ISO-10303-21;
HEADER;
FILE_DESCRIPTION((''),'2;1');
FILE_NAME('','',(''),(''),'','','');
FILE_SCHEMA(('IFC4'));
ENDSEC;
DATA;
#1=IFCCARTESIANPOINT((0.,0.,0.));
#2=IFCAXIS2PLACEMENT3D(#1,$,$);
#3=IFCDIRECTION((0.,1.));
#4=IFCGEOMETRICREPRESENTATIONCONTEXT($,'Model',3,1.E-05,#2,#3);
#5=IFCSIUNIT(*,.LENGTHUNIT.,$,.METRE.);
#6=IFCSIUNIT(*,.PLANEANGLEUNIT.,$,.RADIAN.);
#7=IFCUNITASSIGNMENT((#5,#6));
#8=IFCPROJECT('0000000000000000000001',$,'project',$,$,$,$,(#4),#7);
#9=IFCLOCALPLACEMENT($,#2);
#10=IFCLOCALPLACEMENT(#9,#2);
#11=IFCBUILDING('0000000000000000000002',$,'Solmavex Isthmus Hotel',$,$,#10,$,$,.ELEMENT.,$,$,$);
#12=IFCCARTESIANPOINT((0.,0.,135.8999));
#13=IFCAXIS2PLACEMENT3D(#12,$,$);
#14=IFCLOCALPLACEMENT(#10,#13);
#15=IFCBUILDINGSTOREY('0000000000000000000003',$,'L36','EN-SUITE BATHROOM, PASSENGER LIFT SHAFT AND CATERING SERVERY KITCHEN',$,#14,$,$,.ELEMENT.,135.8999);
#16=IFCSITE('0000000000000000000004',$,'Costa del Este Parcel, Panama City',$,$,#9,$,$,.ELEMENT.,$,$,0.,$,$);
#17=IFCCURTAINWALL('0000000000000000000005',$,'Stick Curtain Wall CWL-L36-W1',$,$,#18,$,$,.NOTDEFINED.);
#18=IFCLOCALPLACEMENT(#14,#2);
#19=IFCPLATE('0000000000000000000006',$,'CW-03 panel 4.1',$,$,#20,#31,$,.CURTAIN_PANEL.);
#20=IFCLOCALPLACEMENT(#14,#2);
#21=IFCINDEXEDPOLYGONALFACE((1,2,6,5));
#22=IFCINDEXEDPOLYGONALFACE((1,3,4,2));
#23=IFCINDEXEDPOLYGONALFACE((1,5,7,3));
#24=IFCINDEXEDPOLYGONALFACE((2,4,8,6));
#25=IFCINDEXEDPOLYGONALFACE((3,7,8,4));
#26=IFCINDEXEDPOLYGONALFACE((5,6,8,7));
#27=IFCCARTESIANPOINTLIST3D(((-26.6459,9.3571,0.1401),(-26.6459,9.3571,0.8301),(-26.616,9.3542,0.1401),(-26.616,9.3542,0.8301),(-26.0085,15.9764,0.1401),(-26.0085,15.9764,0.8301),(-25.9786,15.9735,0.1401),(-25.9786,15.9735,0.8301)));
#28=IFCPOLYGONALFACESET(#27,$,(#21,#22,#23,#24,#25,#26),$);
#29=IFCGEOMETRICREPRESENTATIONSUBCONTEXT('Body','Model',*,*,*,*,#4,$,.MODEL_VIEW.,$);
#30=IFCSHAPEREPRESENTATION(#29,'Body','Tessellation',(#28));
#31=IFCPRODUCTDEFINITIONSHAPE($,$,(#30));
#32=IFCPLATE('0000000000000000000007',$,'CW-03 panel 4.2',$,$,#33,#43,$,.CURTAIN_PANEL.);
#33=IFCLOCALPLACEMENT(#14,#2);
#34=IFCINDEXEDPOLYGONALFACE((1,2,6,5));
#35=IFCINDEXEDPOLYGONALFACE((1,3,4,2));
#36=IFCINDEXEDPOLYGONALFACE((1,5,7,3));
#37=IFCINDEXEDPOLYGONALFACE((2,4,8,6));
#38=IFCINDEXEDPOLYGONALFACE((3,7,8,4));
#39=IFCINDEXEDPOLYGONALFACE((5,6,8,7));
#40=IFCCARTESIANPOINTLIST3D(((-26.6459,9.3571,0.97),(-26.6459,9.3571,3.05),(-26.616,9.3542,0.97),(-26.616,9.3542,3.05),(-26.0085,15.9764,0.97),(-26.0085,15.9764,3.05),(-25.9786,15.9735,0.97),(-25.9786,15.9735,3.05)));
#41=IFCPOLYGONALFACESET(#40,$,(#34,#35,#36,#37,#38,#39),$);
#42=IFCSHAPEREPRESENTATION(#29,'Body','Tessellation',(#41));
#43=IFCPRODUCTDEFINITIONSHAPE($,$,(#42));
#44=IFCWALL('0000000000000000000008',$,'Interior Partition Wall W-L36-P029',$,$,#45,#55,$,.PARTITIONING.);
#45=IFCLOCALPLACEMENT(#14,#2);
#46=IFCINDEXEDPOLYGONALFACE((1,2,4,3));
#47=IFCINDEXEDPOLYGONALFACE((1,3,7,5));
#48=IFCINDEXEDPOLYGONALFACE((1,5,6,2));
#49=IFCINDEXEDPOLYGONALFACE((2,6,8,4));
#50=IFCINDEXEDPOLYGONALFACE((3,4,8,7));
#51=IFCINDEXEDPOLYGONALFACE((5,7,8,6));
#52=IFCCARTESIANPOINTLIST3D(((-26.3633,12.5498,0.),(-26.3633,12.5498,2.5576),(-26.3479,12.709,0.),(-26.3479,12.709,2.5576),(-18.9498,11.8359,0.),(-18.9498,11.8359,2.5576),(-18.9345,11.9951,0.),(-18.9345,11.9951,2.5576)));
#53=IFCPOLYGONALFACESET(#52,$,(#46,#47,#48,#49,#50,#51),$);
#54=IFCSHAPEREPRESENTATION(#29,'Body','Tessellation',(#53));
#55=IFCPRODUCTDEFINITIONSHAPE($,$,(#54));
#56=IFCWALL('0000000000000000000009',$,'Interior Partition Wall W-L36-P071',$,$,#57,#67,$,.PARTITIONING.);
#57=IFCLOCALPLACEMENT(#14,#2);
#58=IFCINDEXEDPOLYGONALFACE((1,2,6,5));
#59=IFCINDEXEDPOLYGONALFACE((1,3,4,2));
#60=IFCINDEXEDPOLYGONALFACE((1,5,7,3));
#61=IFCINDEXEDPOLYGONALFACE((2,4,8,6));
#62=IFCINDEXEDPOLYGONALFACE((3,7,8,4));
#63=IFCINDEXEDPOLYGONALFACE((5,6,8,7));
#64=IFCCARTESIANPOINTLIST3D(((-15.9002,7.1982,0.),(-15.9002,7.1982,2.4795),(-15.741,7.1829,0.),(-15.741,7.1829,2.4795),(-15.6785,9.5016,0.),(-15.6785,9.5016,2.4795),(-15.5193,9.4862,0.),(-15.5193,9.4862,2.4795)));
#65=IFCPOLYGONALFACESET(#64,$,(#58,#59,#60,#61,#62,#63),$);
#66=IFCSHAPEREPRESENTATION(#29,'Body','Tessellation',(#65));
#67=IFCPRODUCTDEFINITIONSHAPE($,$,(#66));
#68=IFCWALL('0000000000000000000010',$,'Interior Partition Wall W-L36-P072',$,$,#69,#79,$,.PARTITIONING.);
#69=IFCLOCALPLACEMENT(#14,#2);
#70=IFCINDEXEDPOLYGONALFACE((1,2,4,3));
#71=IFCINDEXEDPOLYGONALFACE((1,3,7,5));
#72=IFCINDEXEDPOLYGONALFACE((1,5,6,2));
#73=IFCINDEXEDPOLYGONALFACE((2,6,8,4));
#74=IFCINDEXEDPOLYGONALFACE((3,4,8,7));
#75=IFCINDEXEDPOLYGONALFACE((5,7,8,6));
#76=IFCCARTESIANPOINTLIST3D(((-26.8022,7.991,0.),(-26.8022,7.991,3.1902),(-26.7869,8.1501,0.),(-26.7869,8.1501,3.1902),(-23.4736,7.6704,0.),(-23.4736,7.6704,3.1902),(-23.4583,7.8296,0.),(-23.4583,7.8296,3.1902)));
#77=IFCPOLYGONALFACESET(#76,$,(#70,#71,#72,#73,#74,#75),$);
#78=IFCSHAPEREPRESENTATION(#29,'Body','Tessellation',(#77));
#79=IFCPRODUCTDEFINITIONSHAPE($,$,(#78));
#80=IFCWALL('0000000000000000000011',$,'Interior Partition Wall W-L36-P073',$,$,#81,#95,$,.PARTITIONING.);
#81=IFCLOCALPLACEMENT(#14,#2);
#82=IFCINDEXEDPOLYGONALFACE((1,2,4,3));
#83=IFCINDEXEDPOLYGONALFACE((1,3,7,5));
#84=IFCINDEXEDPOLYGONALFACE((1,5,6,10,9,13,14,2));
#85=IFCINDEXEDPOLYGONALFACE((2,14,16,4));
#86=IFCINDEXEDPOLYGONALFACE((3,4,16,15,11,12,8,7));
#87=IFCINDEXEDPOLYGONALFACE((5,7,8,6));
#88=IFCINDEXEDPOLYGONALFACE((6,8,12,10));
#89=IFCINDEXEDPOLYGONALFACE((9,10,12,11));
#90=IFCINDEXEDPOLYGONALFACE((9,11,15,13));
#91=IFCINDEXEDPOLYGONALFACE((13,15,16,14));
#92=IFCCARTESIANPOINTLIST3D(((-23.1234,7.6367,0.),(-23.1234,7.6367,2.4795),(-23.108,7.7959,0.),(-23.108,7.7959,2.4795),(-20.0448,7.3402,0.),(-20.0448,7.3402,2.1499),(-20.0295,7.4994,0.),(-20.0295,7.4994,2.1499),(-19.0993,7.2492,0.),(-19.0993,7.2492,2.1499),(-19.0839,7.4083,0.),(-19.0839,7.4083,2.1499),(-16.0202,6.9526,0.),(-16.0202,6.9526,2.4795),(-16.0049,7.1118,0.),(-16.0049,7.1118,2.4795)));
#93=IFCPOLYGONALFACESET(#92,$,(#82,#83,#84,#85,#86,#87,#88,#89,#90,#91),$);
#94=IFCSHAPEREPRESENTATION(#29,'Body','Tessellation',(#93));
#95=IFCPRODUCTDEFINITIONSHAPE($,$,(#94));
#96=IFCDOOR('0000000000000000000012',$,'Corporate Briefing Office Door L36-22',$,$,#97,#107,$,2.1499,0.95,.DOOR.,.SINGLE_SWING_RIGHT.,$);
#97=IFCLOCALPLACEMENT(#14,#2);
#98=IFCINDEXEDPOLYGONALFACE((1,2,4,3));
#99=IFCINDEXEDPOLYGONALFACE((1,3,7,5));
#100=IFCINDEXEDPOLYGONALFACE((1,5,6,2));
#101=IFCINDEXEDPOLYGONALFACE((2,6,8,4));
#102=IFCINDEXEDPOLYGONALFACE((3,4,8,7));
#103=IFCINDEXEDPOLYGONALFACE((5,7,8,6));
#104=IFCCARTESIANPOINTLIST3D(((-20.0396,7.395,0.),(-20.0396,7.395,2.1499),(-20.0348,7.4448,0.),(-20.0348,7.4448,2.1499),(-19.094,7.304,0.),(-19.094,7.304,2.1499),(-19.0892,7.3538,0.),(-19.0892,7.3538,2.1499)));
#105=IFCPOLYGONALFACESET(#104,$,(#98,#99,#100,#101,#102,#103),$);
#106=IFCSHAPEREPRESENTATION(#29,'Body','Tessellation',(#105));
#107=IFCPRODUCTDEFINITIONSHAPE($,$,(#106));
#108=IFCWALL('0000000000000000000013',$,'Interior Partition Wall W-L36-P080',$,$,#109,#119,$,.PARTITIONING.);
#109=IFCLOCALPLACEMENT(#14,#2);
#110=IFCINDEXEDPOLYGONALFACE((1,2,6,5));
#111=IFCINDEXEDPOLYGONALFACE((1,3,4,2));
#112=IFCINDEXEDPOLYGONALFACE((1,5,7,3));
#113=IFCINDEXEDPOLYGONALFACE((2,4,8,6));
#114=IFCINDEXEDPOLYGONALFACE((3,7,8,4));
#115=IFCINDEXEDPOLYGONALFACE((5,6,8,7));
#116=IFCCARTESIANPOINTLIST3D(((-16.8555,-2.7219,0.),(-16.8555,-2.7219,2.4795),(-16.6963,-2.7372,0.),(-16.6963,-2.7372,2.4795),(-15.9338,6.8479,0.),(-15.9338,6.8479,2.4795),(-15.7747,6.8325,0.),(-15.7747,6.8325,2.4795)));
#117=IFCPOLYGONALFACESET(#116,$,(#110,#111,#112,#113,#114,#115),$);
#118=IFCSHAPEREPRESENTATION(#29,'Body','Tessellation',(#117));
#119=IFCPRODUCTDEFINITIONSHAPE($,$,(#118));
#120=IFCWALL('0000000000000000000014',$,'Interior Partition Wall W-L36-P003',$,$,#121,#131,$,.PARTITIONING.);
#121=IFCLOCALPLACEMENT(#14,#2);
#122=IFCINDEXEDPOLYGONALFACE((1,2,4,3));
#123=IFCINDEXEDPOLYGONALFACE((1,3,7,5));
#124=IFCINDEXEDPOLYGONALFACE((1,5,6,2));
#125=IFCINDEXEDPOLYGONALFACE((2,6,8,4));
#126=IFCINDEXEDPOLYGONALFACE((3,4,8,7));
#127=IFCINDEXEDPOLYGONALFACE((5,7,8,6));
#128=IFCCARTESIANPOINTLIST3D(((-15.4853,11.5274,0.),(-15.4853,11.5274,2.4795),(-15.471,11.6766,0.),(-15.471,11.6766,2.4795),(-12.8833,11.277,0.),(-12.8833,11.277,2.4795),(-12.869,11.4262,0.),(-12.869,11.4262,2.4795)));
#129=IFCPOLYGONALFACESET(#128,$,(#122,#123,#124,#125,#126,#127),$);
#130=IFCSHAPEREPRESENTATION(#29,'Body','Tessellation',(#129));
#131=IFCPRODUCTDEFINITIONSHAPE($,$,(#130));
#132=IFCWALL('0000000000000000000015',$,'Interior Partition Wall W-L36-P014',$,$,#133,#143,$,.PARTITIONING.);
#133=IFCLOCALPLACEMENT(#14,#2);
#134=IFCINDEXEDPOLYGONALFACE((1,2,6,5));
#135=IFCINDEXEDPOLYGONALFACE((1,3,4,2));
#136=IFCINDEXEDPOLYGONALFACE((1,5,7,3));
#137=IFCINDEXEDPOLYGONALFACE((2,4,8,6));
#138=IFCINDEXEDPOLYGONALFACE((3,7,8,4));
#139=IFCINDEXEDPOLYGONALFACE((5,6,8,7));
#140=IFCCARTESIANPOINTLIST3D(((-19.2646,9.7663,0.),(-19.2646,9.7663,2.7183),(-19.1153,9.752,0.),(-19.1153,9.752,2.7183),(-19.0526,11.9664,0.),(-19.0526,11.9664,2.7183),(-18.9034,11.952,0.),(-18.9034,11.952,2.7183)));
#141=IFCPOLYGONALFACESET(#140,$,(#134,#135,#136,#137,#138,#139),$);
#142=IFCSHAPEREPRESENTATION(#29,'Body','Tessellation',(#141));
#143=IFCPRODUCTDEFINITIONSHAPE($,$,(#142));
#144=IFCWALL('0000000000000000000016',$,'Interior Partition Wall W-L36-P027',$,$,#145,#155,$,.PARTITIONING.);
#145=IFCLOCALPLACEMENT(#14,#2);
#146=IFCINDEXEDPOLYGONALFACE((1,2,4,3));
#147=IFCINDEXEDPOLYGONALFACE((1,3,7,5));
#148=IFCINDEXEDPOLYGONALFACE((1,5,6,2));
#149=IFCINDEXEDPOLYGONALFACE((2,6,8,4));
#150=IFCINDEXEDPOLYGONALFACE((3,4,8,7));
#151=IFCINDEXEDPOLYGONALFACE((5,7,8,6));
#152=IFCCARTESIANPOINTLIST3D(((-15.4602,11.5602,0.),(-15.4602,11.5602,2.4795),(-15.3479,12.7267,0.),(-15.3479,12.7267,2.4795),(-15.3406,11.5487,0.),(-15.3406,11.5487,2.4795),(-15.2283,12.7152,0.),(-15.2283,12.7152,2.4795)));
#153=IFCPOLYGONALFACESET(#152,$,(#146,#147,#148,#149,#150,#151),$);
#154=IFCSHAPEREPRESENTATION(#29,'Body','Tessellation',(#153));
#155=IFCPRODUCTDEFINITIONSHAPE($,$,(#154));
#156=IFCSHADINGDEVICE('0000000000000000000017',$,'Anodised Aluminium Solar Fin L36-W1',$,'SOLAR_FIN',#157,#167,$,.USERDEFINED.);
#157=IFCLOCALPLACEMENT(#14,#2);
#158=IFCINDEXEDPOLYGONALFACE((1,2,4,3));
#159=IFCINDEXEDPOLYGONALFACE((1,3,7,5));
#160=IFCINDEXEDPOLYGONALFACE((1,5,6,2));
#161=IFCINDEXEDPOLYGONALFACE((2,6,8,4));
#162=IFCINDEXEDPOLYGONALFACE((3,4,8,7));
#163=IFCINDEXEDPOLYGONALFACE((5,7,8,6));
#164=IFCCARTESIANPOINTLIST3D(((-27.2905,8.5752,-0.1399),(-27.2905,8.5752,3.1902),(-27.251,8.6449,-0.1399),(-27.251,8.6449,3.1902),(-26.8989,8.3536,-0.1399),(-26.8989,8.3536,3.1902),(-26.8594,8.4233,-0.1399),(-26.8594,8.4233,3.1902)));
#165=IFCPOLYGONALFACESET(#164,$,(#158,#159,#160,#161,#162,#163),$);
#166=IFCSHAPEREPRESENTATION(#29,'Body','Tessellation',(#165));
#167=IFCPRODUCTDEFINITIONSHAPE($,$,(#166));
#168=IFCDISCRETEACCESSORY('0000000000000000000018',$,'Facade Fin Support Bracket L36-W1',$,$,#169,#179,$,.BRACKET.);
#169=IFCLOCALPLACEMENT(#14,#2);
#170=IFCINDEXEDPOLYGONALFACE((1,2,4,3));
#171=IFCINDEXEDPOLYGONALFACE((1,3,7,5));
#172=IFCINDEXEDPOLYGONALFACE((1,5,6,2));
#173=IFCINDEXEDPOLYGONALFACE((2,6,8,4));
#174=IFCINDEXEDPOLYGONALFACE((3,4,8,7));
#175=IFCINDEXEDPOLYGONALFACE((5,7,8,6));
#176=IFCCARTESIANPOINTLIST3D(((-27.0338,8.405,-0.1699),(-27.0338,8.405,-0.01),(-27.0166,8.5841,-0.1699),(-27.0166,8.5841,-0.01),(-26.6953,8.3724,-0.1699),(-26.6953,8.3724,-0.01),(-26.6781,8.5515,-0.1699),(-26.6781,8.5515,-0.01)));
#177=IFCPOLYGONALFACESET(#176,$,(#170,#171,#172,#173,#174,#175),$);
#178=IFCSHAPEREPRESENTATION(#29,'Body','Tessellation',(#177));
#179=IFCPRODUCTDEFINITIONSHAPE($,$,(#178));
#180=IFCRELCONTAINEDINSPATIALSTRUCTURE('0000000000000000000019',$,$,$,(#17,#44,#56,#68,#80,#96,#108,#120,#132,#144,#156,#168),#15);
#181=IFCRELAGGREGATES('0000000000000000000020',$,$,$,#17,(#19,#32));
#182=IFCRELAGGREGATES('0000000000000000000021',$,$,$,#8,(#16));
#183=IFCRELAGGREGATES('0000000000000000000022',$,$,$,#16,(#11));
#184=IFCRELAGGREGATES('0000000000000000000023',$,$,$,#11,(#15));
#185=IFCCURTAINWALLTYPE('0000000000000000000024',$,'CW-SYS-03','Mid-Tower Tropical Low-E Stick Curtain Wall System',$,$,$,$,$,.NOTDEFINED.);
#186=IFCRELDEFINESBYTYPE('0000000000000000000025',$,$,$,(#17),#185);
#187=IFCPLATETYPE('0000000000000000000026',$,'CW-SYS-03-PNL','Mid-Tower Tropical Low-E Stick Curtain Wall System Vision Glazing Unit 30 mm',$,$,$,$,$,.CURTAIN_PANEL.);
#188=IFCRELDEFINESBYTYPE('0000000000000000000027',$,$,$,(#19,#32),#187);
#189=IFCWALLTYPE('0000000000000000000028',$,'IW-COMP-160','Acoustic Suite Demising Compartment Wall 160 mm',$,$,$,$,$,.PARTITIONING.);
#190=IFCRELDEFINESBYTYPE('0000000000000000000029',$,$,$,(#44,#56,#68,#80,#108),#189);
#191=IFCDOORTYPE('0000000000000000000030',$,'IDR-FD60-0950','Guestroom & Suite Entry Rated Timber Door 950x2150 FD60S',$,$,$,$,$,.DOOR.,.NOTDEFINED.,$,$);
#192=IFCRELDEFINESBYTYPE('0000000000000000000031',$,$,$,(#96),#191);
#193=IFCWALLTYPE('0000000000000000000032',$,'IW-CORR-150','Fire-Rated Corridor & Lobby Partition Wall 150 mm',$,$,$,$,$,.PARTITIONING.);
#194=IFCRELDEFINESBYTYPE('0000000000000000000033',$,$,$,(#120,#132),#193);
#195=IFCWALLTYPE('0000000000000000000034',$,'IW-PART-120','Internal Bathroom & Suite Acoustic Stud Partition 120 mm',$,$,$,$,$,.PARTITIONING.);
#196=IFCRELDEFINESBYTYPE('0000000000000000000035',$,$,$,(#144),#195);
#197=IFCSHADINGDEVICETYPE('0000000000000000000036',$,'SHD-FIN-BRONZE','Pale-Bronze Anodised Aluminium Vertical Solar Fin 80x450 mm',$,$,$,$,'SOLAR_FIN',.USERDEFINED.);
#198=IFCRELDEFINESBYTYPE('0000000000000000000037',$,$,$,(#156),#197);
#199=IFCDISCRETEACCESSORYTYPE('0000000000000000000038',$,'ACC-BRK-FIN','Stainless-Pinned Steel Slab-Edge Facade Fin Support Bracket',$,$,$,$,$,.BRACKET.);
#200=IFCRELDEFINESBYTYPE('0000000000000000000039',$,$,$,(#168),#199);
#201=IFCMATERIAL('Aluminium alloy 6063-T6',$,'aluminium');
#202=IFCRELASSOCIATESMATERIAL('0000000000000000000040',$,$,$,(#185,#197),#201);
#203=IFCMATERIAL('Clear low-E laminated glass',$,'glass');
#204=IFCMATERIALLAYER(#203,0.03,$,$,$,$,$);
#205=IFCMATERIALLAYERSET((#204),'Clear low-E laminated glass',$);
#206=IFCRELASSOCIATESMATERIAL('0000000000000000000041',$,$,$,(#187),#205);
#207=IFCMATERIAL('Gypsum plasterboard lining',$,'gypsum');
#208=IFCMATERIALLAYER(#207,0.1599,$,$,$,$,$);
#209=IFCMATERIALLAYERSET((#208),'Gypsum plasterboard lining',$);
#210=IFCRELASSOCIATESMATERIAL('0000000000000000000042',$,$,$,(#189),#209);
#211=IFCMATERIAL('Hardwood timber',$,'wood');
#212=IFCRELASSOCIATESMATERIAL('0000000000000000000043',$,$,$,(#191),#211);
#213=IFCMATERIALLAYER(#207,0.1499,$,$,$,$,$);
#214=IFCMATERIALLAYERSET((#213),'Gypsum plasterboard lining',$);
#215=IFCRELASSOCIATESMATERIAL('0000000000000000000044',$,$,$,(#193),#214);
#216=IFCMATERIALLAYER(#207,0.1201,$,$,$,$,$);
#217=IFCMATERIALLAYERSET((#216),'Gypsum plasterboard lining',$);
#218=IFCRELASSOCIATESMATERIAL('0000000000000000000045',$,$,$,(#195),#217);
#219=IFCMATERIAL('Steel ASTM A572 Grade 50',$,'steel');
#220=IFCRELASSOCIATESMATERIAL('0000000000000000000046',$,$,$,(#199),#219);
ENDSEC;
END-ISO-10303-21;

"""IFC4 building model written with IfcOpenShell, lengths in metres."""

from ifc_helpers import new_model, si_unit, direction, frame, frame_2d, origin, origin_2d, place, context, subcontext, project, spatial, rectangle, extrude, material, layer, layer_set, type_object, element, fill, aggregate, save


model = new_model("IFC4")

# Units and contexts
model_context = context("Model", 3, precision=1e-05, world=origin(), true_north=direction((0.0, 1.0)))
body_context = subcontext(model_context, "Body", "Model", "MODEL_VIEW")
ifc_project = project(units=[si_unit("LENGTHUNIT", "METRE"), si_unit("PLANEANGLEUNIT", "RADIAN")], contexts=[model_context])

# Site, building, storey
site_placement = place(None, origin())
site = spatial("IfcSite", under=ifc_project, at=site_placement, Name="Costa del Este Parcel, Panama City", CompositionType="ELEMENT", RefElevation=0.0)
building_placement = place(site_placement, origin())
building = spatial("IfcBuilding", under=site, at=building_placement, Name="Solmavex Isthmus Hotel", CompositionType="ELEMENT")
storey_placement = place(building_placement, frame((0.0, 0.0, 135.8999)))
storey = spatial("IfcBuildingStorey", under=building, at=storey_placement, Name="L36", Description="EN-SUITE BATHROOM, PASSENGER LIFT SHAFT AND CATERING SERVERY KITCHEN", CompositionType="ELEMENT", Elevation=135.8999)

# Shared definitions
ifc_material_1 = material(Name="Steel ASTM A572 Grade 50", Category="steel")

# Curtain wall, plates
ifc_material_2 = material(Name="Aluminium alloy 6063-T6", Category="aluminium")
curtain_wall_type = type_object("IfcCurtainWallType", Name="CW-SYS-03", Description="Mid-Tower Tropical Low-E Stick Curtain Wall System", PredefinedType="NOTDEFINED", material=ifc_material_2)
curtain_wall_placement = place(storey_placement, origin())
curtain_wall = element("IfcCurtainWall", 1, at=curtain_wall_placement, inside=storey, type_object=curtain_wall_type, Name="Stick Curtain Wall CWL-L36-W1", PredefinedType="NOTDEFINED")
ifc_material_3 = material(Name="Clear low-E laminated glass", Category="glass")
ifc_layer_1 = layer(ifc_material_3, 0.03)
ifc_layer_set_1 = layer_set([ifc_layer_1], Name="Clear low-E laminated glass")
plate_type = type_object("IfcPlateType", Name="CW-SYS-03-PNL", Description="Mid-Tower Tropical Low-E Stick Curtain Wall System Vision Glazing Unit 30 mm", PredefinedType="CURTAIN_PANEL", material=ifc_layer_set_1)
plate_1_placement = place(storey_placement, frame((-26.3123, 12.6653, 0.1401), z_axis=(0.0, 0.0, 1.0), x_axis=(0.095846, 0.995396, 0.0)))
plate_1 = element("IfcPlate", 2, at=plate_1_placement, type_object=plate_type, Name="CW-03 panel 4.1", PredefinedType="CURTAIN_PANEL", context=body_context, shape_type="SweptSolid", body=[
    extrude(rectangle(XDim=6.6499, YDim=0.03, at=origin_2d()), origin(), (0.0, 0.0, 1.0), 0.6899),
])
plate_2_placement = place(storey_placement, frame((-26.3123, 12.6653, 0.97), z_axis=(0.0, 0.0, 1.0), x_axis=(0.095846, 0.995396, 0.0)))
plate_2 = element("IfcPlate", 3, at=plate_2_placement, type_object=plate_type, Name="CW-03 panel 4.2", PredefinedType="CURTAIN_PANEL", context=body_context, shape_type="SweptSolid", body=[
    extrude(rectangle(XDim=6.6499, YDim=0.03, at=origin_2d()), origin(), (0.0, 0.0, 1.0), 2.0801),
])
aggregate(curtain_wall, [plate_1, plate_2])

# Walls
ifc_material_4 = material(Name="Gypsum plasterboard lining", Category="gypsum")
ifc_layer_2 = layer(ifc_material_4, 0.1599)
ifc_layer_set_2 = layer_set([ifc_layer_2], Name="Gypsum plasterboard lining")
wall_type_1 = type_object("IfcWallType", Name="IW-COMP-160", Description="Acoustic Suite Demising Compartment Wall 160 mm", PredefinedType="PARTITIONING", material=ifc_layer_set_2)
wall_1_placement = place(storey_placement, frame((-18.9421, 11.9155, 0.0), z_axis=(0.0, 0.0, 1.0), x_axis=(-0.995396, 0.095849, 0.0)))
element("IfcWall", 4, at=wall_1_placement, inside=storey, type_object=wall_type_1, Name="Interior Partition Wall W-L36-P029", PredefinedType="PARTITIONING", context=body_context, shape_type="SweptSolid", body=[
    extrude(rectangle(XDim=7.4478, YDim=0.1599, at=frame_2d((3.7239, 0.0))), origin(), (0.0, 0.0, 1.0), 2.5576),
])
wall_2_placement = place(storey_placement, frame((-15.5989, 9.4939, 0.0), z_axis=(0.0, 0.0, 1.0), x_axis=(-0.095805, -0.9954, 0.0)))
element("IfcWall", 5, at=wall_2_placement, inside=storey, type_object=wall_type_1, Name="Interior Partition Wall W-L36-P071", PredefinedType="PARTITIONING", context=body_context, shape_type="SweptSolid", body=[
    extrude(rectangle(XDim=2.314, YDim=0.1599, at=frame_2d((1.157, 0.0))), origin(), (0.0, 0.0, 1.0), 2.4795),
])
wall_3_placement = place(storey_placement, frame((-23.4661, 7.75, 0.0), z_axis=(0.0, 0.0, 1.0), x_axis=(-0.995395, 0.09586, 0.0)))
element("IfcWall", 6, at=wall_3_placement, inside=storey, type_object=wall_type_1, Name="Interior Partition Wall W-L36-P072", PredefinedType="PARTITIONING", context=body_context, shape_type="SweptSolid", body=[
    extrude(rectangle(XDim=3.344, YDim=0.1599, at=frame_2d((1.6719, 0.0))), origin(), (0.0, 0.0, 1.0), 3.1902),
])

# Wall, opening, door
wall_4_placement = place(storey_placement, frame((-16.0127, 7.0322, 0.0), z_axis=(0.0, 0.0, 1.0), x_axis=(-0.995394, 0.095865, 0.0)))
wall_4 = element("IfcWall", 7, at=wall_4_placement, inside=storey, type_object=wall_type_1, Name="Interior Partition Wall W-L36-P073", PredefinedType="PARTITIONING", context=body_context, shape_type="SweptSolid", body=[
    extrude(rectangle(XDim=7.136, YDim=0.1599, at=frame_2d((3.5679, 0.0))), origin(), (0.0, 0.0, 1.0), 2.4795),
])
opening_1_placement = place(wall_4_placement, frame((3.093, 0.0, 0.0)))
opening_1 = element("IfcOpeningElement", 8, at=opening_1_placement, cuts=wall_4, PredefinedType="OPENING", context=body_context, shape_type="SweptSolid", body=[
    extrude(rectangle(XDim=0.95, YDim=2.1499, at=frame_2d((0.4751, 1.075))), frame((0.0, 0.0898, 0.0), z_axis=(0.0, -1.0, 0.0), x_axis=(1.0, 0.0, 0.0)), (0.0, 0.0, 1.0), 0.1799),
])
ifc_material_5 = material(Name="Hardwood timber", Category="wood")
door_type = type_object("IfcDoorType", Name="IDR-FD60-0950", Description="Guestroom & Suite Entry Rated Timber Door 950x2150 FD60S", OperationType="NOTDEFINED", PredefinedType="DOOR", material=ifc_material_5)
door_1_placement = place(opening_1_placement, origin())
door_1 = element("IfcDoor", 9, at=door_1_placement, inside=storey, type_object=door_type, Name="Corporate Briefing Office Door L36-22", OperationType="SINGLE_SWING_RIGHT", OverallHeight=2.1499, OverallWidth=0.95, PredefinedType="DOOR", context=body_context, shape_type="SweptSolid", body=[
    extrude(rectangle(XDim=0.95, YDim=2.1499, at=frame_2d((0.4751, 1.075))), frame((0.0, 0.0249, 0.0), z_axis=(0.0, -1.0, 0.0), x_axis=(1.0, 0.0, 0.0)), (0.0, 0.0, 1.0), 0.05),
])
fill(opening_1, door_1)

# Wall
wall_5_placement = place(storey_placement, frame((-15.8542, 6.8403, 0.0), z_axis=(0.0, 0.0, 1.0), x_axis=(-0.095862, -0.995395, 0.0)))
element("IfcWall", 10, at=wall_5_placement, inside=storey, type_object=wall_type_1, Name="Interior Partition Wall W-L36-P080", PredefinedType="PARTITIONING", context=body_context, shape_type="SweptSolid", body=[
    extrude(rectangle(XDim=9.614, YDim=0.1599, at=frame_2d((4.8071, 0.0))), origin(), (0.0, 0.0, 1.0), 2.4795),
])

# Shared definitions
ifc_layer_3 = layer(ifc_material_4, 0.1499)
ifc_layer_set_3 = layer_set([ifc_layer_3], Name="Gypsum plasterboard lining")
wall_type_2 = type_object("IfcWallType", Name="IW-CORR-150", Description="Fire-Rated Corridor & Lobby Partition Wall 150 mm", PredefinedType="PARTITIONING", material=ifc_layer_set_3)

# Wall
wall_6_placement = place(storey_placement, frame((-15.4783, 11.6021, 0.0), z_axis=(0.0, 0.0, 1.0), x_axis=(0.995398, -0.095823, 0.0)))
element("IfcWall", 11, at=wall_6_placement, inside=storey, type_object=wall_type_2, Name="Interior Partition Wall W-L36-P003", PredefinedType="PARTITIONING", context=body_context, shape_type="SweptSolid", body=[
    extrude(rectangle(XDim=2.614, YDim=0.1499, at=frame_2d((1.3071, 0.0))), origin(), (0.0, 0.0, 1.0), 2.4795),
])

# Walls
wall_7_placement = place(storey_placement, frame((-19.1899, 9.7593, 0.0), z_axis=(0.0, 0.0, 1.0), x_axis=(0.095883, 0.995393, 0.0)))
element("IfcWall", 12, at=wall_7_placement, inside=storey, type_object=wall_type_2, Name="Interior Partition Wall W-L36-P014", PredefinedType="PARTITIONING", context=body_context, shape_type="SweptSolid", body=[
    extrude(rectangle(XDim=2.2102, YDim=0.1499, at=frame_2d((1.105, 0.0))), origin(), (0.0, 0.0, 1.0), 2.7183),
])
ifc_layer_4 = layer(ifc_material_4, 0.1201)
ifc_layer_set_4 = layer_set([ifc_layer_4], Name="Gypsum plasterboard lining")
wall_type_3 = type_object("IfcWallType", Name="IW-PART-120", Description="Internal Bathroom & Suite Acoustic Stud Partition 120 mm", PredefinedType="PARTITIONING", material=ifc_layer_set_4)
wall_8_placement = place(storey_placement, frame((-15.2881, 12.7209, 0.0), z_axis=(0.0, 0.0, 1.0), x_axis=(-0.095831, -0.995398, 0.0)))
element("IfcWall", 13, at=wall_8_placement, inside=storey, type_object=wall_type_3, Name="Interior Partition Wall W-L36-P027", PredefinedType="PARTITIONING", context=body_context, shape_type="SweptSolid", body=[
    extrude(rectangle(XDim=1.1719, YDim=0.1201, at=frame_2d((0.5859, 0.0))), origin(), (0.0, 0.0, 1.0), 2.4795),
])

# Shading device
shading_device_type = type_object("IfcShadingDeviceType", Name="SHD-FIN-BRONZE", Description="Pale-Bronze Anodised Aluminium Vertical Solar Fin 80x450 mm", ElementType="SOLAR_FIN", PredefinedType="USERDEFINED", material=ifc_material_2)
shading_device_placement = place(storey_placement, frame((-27.075, 8.4993, -0.1399), z_axis=(0.0, 0.0, 1.0), x_axis=(-0.870356, 0.492424, 0.0)))
element("IfcShadingDevice", 14, at=shading_device_placement, inside=storey, type_object=shading_device_type, Name="Anodised Aluminium Solar Fin L36-W1", ObjectType="SOLAR_FIN", PredefinedType="USERDEFINED", context=body_context, shape_type="SweptSolid", body=[
    extrude(rectangle(XDim=0.45, YDim=0.0801, at=origin_2d()), origin(), (0.0, 0.0, 1.0), 3.3301),
])

# Discrete accessory
discrete_accessory_type = type_object("IfcDiscreteAccessoryType", Name="ACC-BRK-FIN", Description="Stainless-Pinned Steel Slab-Edge Facade Fin Support Bracket", PredefinedType="BRACKET", material=ifc_material_1)
discrete_accessory_placement = place(storey_placement, frame((-26.856, 8.4783, -0.1699), z_axis=(0.0, 0.0, 1.0), x_axis=(-0.995396, 0.095846, 0.0)))
element("IfcDiscreteAccessory", 15, at=discrete_accessory_placement, inside=storey, type_object=discrete_accessory_type, Name="Facade Fin Support Bracket L36-W1", PredefinedType="BRACKET", context=body_context, shape_type="SweptSolid", body=[
    extrude(rectangle(XDim=0.3401, YDim=0.1799, at=origin_2d()), origin(), (0.0, 0.0, 1.0), 0.1599),
])

save(model, "model.ifc")
